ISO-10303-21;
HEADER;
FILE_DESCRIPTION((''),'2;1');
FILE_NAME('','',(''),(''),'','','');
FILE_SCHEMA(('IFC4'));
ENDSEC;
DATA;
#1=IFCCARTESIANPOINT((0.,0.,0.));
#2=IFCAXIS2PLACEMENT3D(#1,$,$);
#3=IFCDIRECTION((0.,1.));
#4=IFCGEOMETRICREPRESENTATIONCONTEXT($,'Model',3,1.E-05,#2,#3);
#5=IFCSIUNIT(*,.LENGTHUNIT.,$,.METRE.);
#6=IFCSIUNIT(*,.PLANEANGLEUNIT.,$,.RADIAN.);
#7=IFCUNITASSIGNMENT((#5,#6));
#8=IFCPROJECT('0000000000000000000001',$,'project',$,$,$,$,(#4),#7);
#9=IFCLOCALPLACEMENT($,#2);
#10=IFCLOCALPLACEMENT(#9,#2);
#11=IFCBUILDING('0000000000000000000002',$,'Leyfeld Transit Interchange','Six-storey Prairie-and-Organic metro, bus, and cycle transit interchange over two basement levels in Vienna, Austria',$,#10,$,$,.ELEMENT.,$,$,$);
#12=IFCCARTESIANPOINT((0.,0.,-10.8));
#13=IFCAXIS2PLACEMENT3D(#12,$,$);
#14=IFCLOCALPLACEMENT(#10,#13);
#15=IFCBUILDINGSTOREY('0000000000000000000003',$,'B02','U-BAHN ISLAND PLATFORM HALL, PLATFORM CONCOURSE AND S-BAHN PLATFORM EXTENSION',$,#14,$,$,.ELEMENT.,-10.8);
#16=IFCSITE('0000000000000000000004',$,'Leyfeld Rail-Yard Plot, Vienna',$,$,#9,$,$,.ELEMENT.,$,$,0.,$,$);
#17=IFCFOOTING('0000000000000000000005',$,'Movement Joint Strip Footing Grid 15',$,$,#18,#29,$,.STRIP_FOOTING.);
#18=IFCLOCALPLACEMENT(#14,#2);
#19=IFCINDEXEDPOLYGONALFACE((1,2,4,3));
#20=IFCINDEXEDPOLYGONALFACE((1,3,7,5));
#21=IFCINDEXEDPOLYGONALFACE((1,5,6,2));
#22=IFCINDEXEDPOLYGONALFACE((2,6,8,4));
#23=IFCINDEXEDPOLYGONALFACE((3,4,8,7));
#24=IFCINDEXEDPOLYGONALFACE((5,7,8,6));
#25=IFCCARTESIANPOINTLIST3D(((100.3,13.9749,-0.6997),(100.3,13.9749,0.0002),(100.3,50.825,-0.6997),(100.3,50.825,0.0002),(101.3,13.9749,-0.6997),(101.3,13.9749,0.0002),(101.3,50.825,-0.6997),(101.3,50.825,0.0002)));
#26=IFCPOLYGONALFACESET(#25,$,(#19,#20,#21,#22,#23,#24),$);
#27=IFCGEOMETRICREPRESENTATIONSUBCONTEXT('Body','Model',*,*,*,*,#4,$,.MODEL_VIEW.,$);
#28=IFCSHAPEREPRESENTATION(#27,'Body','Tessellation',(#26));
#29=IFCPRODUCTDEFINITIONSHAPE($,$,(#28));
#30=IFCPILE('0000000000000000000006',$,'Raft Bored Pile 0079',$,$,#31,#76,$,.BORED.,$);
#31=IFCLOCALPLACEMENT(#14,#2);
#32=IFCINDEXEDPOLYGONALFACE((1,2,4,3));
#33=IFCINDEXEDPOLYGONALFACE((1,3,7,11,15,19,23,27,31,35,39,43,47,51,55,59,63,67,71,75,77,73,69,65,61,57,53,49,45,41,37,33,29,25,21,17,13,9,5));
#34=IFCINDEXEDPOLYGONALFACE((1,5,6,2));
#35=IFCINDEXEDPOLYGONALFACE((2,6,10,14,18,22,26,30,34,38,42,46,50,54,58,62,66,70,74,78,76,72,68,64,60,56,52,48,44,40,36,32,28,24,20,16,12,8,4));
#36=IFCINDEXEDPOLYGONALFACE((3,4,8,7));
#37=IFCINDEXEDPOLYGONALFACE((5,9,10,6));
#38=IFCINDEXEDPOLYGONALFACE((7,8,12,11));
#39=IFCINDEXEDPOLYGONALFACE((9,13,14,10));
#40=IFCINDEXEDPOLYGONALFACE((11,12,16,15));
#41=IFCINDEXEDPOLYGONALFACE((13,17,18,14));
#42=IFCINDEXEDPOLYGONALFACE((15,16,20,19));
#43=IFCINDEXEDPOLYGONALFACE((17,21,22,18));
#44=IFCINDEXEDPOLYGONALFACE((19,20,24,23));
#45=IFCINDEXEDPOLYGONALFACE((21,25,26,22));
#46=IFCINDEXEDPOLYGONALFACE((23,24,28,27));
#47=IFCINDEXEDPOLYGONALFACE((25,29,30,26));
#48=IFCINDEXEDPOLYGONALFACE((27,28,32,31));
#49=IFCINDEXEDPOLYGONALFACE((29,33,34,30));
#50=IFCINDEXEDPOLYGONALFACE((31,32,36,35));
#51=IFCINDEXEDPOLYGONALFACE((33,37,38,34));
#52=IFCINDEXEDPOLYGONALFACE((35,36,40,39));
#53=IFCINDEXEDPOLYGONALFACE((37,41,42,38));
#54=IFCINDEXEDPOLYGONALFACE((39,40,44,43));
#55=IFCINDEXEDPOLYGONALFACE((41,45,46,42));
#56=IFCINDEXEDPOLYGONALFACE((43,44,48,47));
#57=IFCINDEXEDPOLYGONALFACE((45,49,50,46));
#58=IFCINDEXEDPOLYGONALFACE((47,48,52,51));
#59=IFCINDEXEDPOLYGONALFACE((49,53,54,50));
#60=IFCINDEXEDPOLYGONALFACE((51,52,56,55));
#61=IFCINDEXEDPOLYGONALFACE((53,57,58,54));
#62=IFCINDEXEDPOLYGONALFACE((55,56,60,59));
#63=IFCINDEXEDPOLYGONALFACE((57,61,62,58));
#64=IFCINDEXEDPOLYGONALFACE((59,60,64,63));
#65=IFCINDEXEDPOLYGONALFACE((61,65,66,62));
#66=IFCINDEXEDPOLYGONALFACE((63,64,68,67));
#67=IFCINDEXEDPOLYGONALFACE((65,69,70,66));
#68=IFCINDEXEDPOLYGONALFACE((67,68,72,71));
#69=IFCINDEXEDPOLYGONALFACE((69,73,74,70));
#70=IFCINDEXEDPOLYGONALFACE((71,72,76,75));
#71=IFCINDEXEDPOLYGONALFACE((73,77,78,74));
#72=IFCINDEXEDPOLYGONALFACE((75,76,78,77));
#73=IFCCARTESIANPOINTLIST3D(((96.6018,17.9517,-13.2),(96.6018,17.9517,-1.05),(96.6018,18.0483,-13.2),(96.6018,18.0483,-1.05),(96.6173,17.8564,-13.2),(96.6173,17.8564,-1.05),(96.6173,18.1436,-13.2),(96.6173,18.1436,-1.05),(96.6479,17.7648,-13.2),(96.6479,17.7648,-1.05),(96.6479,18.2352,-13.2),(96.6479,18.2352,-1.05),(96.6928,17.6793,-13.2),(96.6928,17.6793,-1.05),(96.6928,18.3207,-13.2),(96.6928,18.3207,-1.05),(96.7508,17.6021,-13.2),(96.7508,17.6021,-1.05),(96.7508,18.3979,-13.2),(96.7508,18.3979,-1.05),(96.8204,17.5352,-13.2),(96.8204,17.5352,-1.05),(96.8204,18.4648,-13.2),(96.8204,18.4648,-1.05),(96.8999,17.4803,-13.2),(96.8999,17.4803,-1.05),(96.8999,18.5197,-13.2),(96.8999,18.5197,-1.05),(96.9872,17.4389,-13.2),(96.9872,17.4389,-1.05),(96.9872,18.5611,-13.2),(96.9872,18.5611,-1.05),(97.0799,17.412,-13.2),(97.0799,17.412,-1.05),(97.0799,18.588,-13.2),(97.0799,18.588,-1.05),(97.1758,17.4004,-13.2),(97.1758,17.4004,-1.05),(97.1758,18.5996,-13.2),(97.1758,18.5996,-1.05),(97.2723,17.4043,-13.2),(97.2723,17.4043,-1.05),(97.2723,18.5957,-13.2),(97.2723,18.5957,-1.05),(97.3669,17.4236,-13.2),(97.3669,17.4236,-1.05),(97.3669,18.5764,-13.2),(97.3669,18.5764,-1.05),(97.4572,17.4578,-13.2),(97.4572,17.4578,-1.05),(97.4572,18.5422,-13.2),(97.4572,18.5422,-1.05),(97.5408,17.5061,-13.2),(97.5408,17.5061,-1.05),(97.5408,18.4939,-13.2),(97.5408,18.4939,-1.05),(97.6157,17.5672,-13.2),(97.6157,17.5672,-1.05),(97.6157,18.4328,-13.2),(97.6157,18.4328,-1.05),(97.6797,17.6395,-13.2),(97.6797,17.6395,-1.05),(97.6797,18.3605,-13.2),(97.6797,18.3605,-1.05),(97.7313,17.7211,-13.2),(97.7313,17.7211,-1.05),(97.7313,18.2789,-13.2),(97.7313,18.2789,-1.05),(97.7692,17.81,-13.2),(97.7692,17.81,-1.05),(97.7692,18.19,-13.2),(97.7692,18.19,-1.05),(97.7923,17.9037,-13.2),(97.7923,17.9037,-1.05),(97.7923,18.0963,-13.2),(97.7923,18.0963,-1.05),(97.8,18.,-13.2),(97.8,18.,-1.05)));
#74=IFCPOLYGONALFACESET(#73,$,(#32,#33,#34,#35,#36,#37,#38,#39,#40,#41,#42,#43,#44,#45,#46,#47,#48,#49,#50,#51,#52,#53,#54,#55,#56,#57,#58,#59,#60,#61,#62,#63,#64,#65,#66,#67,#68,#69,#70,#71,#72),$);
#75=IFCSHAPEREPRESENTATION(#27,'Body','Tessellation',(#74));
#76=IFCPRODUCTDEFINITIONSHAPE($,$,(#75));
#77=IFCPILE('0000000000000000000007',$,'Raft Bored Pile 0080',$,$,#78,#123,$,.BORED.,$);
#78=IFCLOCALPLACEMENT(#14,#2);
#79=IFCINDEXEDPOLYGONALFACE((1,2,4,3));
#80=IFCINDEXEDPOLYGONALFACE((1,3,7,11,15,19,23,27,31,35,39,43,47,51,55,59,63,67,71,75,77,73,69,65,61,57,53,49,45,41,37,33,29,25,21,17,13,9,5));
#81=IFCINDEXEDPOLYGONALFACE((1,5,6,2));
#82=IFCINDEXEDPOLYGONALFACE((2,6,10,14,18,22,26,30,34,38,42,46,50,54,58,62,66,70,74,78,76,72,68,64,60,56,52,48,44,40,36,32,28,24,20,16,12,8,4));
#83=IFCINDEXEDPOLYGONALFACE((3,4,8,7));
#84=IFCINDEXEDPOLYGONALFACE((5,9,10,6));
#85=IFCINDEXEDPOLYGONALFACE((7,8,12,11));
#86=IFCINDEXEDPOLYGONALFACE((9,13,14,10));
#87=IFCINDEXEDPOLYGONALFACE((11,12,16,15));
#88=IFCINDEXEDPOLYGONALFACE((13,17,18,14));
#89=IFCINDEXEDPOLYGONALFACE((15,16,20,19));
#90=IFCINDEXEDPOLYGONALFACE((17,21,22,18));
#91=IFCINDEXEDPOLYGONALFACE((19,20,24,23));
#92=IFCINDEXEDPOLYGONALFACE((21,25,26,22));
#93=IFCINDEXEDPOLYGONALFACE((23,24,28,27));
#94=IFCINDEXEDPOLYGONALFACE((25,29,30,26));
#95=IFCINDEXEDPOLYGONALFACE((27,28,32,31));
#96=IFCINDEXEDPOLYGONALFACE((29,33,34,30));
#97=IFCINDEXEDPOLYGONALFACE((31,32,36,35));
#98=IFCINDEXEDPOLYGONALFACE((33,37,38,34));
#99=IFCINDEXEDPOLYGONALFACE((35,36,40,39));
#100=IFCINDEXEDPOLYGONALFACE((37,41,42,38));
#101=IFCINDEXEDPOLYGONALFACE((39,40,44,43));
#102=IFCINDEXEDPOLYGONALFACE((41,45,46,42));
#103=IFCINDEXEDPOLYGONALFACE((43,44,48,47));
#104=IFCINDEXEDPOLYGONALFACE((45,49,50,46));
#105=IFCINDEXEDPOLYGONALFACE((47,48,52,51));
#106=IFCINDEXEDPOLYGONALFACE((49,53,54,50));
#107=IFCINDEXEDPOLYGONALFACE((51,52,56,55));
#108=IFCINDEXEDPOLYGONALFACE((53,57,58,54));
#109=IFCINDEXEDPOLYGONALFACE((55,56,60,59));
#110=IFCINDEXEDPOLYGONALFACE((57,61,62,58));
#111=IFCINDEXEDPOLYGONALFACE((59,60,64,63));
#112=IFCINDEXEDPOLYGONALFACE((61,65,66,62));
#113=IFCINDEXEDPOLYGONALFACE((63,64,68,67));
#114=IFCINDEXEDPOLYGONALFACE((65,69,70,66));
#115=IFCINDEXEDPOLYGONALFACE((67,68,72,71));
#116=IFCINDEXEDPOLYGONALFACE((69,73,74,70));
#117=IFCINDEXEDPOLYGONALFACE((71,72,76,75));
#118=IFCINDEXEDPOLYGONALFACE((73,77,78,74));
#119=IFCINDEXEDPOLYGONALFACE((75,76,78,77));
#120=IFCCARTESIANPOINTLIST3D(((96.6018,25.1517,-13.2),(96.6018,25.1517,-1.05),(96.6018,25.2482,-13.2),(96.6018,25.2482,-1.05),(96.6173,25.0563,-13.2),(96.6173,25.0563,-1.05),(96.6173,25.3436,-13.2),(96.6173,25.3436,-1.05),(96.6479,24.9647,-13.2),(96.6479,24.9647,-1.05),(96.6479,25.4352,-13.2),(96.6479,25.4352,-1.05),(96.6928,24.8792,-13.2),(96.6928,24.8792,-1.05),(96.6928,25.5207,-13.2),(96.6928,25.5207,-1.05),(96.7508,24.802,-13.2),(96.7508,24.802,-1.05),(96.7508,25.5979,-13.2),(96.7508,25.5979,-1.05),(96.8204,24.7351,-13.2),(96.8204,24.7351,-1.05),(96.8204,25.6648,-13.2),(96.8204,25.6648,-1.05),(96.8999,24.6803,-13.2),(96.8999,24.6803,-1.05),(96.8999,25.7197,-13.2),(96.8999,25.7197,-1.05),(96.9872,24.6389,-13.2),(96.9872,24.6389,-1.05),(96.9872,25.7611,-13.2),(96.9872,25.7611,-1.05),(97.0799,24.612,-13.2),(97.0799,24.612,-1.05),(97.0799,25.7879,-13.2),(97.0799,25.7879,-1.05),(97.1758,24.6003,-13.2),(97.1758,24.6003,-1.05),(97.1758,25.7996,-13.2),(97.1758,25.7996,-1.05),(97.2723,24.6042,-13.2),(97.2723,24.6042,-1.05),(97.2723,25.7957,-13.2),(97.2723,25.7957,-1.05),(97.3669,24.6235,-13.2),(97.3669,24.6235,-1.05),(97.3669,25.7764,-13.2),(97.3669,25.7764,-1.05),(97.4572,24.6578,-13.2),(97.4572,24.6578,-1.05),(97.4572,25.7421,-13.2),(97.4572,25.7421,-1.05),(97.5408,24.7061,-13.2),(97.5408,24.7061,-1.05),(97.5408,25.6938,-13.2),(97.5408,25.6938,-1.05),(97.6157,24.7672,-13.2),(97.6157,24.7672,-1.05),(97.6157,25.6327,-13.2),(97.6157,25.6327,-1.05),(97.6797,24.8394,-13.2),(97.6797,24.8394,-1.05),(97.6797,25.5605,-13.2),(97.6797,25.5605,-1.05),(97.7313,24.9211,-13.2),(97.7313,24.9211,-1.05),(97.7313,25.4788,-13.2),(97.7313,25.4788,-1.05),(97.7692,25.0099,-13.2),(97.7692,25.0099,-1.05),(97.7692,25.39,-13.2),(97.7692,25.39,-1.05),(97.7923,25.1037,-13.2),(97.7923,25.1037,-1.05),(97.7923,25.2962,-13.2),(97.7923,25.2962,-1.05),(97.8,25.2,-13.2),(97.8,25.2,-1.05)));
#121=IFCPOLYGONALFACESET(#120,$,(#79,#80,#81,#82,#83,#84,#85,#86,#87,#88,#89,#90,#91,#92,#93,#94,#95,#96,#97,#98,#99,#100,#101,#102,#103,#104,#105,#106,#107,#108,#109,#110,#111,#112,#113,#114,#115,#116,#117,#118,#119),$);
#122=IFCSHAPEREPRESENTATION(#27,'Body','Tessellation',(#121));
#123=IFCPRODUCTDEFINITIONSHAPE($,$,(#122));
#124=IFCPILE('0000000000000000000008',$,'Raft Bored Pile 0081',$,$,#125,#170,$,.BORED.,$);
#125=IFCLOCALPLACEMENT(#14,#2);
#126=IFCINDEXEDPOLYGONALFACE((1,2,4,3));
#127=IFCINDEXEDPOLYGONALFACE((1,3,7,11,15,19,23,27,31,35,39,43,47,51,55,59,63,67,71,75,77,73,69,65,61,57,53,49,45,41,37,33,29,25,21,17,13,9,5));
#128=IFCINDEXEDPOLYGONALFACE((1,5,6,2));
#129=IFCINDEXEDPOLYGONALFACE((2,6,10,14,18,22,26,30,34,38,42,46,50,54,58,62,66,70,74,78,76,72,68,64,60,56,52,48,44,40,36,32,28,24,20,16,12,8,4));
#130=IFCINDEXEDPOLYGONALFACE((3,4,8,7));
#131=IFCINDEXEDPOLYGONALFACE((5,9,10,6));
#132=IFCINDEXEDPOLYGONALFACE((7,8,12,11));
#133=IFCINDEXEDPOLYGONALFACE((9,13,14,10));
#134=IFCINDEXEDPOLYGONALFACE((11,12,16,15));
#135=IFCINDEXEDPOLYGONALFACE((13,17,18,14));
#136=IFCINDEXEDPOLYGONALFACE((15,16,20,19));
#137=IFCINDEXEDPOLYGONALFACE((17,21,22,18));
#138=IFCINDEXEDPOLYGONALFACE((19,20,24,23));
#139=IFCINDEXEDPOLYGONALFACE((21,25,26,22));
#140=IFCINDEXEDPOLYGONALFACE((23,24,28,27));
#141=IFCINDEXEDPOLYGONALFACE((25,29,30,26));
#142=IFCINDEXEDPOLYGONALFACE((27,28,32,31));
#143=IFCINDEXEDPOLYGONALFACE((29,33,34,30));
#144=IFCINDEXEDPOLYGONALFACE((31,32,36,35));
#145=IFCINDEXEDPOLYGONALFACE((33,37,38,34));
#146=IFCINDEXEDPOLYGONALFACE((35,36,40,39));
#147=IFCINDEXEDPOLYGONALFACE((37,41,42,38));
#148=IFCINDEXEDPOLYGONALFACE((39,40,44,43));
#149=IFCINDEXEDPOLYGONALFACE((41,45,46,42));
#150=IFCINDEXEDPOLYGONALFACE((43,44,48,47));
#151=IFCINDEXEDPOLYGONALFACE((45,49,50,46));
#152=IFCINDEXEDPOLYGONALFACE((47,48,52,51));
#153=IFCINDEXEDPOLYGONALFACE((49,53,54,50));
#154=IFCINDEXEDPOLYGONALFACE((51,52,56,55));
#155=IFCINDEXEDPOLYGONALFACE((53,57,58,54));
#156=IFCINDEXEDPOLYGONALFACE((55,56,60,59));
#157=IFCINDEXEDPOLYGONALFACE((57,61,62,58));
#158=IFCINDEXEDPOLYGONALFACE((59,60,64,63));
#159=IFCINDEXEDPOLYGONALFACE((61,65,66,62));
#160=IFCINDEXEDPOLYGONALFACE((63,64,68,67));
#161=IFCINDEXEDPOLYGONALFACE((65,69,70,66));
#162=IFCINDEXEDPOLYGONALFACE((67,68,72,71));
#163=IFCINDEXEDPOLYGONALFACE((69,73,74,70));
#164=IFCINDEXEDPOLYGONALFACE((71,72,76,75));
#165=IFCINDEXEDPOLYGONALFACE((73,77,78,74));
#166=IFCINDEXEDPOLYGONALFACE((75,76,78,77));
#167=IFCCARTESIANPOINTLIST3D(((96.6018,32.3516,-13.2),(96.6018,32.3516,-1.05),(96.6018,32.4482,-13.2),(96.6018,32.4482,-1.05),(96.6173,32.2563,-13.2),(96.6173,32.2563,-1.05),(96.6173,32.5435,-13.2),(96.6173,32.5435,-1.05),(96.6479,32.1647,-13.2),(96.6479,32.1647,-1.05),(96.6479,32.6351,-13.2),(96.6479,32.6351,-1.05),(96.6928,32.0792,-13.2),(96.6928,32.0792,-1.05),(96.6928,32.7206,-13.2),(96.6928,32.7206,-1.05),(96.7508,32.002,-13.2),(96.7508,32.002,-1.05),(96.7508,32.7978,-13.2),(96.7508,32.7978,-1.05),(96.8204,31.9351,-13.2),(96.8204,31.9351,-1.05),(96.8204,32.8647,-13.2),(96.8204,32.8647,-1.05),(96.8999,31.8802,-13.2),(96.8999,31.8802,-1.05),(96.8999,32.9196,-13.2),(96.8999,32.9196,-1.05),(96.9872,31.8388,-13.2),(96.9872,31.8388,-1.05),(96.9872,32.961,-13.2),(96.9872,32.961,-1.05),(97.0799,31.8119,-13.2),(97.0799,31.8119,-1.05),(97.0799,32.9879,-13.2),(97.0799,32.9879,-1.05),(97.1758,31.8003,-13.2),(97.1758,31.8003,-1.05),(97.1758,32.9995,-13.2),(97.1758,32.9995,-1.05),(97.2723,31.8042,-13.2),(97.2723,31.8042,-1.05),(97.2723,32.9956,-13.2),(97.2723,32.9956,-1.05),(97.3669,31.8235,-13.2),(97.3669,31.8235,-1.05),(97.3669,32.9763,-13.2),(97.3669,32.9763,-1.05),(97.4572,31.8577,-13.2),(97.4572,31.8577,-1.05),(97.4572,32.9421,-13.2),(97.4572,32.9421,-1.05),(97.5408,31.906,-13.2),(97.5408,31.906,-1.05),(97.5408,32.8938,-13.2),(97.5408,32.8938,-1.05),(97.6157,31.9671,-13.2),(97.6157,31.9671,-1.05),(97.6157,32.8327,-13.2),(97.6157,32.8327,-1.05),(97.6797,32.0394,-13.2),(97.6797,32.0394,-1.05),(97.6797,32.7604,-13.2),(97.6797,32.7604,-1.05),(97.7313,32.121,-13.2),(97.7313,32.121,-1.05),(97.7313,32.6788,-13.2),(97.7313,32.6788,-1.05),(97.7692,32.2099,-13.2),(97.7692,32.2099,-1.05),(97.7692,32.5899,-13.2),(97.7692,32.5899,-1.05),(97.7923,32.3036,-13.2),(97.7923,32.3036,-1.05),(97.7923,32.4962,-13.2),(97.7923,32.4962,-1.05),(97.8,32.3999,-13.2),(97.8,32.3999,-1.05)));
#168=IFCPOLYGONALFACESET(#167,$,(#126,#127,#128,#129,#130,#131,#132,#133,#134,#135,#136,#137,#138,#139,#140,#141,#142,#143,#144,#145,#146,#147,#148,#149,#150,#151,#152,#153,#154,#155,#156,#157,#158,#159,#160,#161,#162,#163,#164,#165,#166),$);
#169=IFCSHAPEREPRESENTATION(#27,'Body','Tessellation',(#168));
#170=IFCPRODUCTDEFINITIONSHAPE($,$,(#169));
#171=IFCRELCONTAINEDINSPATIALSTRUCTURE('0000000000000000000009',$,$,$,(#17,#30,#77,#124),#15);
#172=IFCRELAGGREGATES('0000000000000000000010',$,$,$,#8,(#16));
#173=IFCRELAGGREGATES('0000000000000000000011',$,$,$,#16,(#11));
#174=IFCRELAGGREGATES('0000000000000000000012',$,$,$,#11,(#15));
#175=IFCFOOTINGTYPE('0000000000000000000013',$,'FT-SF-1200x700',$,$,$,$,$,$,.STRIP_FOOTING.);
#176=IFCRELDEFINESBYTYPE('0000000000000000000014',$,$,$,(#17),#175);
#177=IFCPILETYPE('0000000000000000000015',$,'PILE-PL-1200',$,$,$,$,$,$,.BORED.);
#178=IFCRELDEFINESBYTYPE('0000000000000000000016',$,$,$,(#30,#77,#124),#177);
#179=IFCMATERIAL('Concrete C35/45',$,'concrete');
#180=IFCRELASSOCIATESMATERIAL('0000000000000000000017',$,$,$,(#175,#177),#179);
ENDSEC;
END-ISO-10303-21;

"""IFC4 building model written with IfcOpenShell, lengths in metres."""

from ifc_helpers import new_model, si_unit, direction, frame, origin, origin_2d, place, context, subcontext, project, spatial, rectangle, circle, extrude, material, material_profile, profile_set, type_object, element, save


model = new_model("IFC4")

# Units and contexts
model_context = context("Model", 3, precision=1e-05, world=origin(), true_north=direction((0.0, 1.0)))
body_context = subcontext(model_context, "Body", "Model", "MODEL_VIEW")
ifc_project = project(units=[si_unit("LENGTHUNIT", "METRE"), si_unit("PLANEANGLEUNIT", "RADIAN")], contexts=[model_context])

# Site, building, storey
site_placement = place(None, origin())
site = spatial("IfcSite", under=ifc_project, at=site_placement, Name="Leyfeld Rail-Yard Plot, Vienna", CompositionType="ELEMENT", RefElevation=0.0)
building_placement = place(site_placement, origin())
building = spatial("IfcBuilding", under=site, at=building_placement, Name="Leyfeld Transit Interchange", Description="Six-storey Prairie-and-Organic metro, bus, and cycle transit interchange over two basement levels in Vienna, Austria", CompositionType="ELEMENT")
storey_placement = place(building_placement, frame((0.0, 0.0, -10.8)))
storey = spatial("IfcBuildingStorey", under=building, at=storey_placement, Name="B02", Description="U-BAHN ISLAND PLATFORM HALL, PLATFORM CONCOURSE AND S-BAHN PLATFORM EXTENSION", CompositionType="ELEMENT", Elevation=-10.8)

# Footing
ifc_material = material(Name="Concrete C35/45", Category="concrete")
footing_type = type_object("IfcFootingType", Name="FT-SF-1200x700", PredefinedType="STRIP_FOOTING", material=ifc_material)
footing_placement = place(storey_placement, frame((100.8, 32.3999, -0.6997), z_axis=(0.0, 0.0, 1.0), x_axis=(1.0, 0.0, 0.0)))
element("IfcFooting", 1, at=footing_placement, inside=storey, type_object=footing_type, Name="Movement Joint Strip Footing Grid 15", PredefinedType="STRIP_FOOTING", context=body_context, shape_type="SweptSolid", body=[
    extrude(rectangle(XDim=1.0, YDim=36.8501, at=origin_2d()), origin(), (0.0, 0.0, 1.0), 0.7),
])

# Piles
ifc_material_profile_1 = material_profile(ifc_material, circle(Radius=0.6001, at=origin_2d()), Name="PILE D1200")
ifc_profile_set_1 = profile_set([ifc_material_profile_1], Name="Concrete C35/45")
pile_type = type_object("IfcPileType", Name="PILE-PL-1200", PredefinedType="BORED", material=ifc_profile_set_1)
for number, where, z_axis, x_axis, name in (
    (2, (97.2, 18.0, -1.05), (0.0, 0.0, -1.0), (1.0, 0.0, 0.0), "Raft Bored Pile 0079"),
    (3, (97.2, 25.2, -1.05), (0.0, 0.0, -1.0), (1.0, 0.0, 0.0), "Raft Bored Pile 0080"),
    (4, (97.2, 32.3999, -1.05), (0.0, 0.0, -1.0), (1.0, 0.0, 0.0), "Raft Bored Pile 0081"),
):
    element("IfcPile", number, at=place(storey_placement, frame(where, z_axis=z_axis, x_axis=x_axis)), inside=storey, type_object=pile_type, Name=name, PredefinedType="BORED", context=body_context, shape_type="SweptSolid", body=[
        extrude(circle(Radius=0.6001, at=origin_2d()), origin(), (0.0, 0.0, 1.0), 12.1499),
    ])

save(model, "model.ifc")
